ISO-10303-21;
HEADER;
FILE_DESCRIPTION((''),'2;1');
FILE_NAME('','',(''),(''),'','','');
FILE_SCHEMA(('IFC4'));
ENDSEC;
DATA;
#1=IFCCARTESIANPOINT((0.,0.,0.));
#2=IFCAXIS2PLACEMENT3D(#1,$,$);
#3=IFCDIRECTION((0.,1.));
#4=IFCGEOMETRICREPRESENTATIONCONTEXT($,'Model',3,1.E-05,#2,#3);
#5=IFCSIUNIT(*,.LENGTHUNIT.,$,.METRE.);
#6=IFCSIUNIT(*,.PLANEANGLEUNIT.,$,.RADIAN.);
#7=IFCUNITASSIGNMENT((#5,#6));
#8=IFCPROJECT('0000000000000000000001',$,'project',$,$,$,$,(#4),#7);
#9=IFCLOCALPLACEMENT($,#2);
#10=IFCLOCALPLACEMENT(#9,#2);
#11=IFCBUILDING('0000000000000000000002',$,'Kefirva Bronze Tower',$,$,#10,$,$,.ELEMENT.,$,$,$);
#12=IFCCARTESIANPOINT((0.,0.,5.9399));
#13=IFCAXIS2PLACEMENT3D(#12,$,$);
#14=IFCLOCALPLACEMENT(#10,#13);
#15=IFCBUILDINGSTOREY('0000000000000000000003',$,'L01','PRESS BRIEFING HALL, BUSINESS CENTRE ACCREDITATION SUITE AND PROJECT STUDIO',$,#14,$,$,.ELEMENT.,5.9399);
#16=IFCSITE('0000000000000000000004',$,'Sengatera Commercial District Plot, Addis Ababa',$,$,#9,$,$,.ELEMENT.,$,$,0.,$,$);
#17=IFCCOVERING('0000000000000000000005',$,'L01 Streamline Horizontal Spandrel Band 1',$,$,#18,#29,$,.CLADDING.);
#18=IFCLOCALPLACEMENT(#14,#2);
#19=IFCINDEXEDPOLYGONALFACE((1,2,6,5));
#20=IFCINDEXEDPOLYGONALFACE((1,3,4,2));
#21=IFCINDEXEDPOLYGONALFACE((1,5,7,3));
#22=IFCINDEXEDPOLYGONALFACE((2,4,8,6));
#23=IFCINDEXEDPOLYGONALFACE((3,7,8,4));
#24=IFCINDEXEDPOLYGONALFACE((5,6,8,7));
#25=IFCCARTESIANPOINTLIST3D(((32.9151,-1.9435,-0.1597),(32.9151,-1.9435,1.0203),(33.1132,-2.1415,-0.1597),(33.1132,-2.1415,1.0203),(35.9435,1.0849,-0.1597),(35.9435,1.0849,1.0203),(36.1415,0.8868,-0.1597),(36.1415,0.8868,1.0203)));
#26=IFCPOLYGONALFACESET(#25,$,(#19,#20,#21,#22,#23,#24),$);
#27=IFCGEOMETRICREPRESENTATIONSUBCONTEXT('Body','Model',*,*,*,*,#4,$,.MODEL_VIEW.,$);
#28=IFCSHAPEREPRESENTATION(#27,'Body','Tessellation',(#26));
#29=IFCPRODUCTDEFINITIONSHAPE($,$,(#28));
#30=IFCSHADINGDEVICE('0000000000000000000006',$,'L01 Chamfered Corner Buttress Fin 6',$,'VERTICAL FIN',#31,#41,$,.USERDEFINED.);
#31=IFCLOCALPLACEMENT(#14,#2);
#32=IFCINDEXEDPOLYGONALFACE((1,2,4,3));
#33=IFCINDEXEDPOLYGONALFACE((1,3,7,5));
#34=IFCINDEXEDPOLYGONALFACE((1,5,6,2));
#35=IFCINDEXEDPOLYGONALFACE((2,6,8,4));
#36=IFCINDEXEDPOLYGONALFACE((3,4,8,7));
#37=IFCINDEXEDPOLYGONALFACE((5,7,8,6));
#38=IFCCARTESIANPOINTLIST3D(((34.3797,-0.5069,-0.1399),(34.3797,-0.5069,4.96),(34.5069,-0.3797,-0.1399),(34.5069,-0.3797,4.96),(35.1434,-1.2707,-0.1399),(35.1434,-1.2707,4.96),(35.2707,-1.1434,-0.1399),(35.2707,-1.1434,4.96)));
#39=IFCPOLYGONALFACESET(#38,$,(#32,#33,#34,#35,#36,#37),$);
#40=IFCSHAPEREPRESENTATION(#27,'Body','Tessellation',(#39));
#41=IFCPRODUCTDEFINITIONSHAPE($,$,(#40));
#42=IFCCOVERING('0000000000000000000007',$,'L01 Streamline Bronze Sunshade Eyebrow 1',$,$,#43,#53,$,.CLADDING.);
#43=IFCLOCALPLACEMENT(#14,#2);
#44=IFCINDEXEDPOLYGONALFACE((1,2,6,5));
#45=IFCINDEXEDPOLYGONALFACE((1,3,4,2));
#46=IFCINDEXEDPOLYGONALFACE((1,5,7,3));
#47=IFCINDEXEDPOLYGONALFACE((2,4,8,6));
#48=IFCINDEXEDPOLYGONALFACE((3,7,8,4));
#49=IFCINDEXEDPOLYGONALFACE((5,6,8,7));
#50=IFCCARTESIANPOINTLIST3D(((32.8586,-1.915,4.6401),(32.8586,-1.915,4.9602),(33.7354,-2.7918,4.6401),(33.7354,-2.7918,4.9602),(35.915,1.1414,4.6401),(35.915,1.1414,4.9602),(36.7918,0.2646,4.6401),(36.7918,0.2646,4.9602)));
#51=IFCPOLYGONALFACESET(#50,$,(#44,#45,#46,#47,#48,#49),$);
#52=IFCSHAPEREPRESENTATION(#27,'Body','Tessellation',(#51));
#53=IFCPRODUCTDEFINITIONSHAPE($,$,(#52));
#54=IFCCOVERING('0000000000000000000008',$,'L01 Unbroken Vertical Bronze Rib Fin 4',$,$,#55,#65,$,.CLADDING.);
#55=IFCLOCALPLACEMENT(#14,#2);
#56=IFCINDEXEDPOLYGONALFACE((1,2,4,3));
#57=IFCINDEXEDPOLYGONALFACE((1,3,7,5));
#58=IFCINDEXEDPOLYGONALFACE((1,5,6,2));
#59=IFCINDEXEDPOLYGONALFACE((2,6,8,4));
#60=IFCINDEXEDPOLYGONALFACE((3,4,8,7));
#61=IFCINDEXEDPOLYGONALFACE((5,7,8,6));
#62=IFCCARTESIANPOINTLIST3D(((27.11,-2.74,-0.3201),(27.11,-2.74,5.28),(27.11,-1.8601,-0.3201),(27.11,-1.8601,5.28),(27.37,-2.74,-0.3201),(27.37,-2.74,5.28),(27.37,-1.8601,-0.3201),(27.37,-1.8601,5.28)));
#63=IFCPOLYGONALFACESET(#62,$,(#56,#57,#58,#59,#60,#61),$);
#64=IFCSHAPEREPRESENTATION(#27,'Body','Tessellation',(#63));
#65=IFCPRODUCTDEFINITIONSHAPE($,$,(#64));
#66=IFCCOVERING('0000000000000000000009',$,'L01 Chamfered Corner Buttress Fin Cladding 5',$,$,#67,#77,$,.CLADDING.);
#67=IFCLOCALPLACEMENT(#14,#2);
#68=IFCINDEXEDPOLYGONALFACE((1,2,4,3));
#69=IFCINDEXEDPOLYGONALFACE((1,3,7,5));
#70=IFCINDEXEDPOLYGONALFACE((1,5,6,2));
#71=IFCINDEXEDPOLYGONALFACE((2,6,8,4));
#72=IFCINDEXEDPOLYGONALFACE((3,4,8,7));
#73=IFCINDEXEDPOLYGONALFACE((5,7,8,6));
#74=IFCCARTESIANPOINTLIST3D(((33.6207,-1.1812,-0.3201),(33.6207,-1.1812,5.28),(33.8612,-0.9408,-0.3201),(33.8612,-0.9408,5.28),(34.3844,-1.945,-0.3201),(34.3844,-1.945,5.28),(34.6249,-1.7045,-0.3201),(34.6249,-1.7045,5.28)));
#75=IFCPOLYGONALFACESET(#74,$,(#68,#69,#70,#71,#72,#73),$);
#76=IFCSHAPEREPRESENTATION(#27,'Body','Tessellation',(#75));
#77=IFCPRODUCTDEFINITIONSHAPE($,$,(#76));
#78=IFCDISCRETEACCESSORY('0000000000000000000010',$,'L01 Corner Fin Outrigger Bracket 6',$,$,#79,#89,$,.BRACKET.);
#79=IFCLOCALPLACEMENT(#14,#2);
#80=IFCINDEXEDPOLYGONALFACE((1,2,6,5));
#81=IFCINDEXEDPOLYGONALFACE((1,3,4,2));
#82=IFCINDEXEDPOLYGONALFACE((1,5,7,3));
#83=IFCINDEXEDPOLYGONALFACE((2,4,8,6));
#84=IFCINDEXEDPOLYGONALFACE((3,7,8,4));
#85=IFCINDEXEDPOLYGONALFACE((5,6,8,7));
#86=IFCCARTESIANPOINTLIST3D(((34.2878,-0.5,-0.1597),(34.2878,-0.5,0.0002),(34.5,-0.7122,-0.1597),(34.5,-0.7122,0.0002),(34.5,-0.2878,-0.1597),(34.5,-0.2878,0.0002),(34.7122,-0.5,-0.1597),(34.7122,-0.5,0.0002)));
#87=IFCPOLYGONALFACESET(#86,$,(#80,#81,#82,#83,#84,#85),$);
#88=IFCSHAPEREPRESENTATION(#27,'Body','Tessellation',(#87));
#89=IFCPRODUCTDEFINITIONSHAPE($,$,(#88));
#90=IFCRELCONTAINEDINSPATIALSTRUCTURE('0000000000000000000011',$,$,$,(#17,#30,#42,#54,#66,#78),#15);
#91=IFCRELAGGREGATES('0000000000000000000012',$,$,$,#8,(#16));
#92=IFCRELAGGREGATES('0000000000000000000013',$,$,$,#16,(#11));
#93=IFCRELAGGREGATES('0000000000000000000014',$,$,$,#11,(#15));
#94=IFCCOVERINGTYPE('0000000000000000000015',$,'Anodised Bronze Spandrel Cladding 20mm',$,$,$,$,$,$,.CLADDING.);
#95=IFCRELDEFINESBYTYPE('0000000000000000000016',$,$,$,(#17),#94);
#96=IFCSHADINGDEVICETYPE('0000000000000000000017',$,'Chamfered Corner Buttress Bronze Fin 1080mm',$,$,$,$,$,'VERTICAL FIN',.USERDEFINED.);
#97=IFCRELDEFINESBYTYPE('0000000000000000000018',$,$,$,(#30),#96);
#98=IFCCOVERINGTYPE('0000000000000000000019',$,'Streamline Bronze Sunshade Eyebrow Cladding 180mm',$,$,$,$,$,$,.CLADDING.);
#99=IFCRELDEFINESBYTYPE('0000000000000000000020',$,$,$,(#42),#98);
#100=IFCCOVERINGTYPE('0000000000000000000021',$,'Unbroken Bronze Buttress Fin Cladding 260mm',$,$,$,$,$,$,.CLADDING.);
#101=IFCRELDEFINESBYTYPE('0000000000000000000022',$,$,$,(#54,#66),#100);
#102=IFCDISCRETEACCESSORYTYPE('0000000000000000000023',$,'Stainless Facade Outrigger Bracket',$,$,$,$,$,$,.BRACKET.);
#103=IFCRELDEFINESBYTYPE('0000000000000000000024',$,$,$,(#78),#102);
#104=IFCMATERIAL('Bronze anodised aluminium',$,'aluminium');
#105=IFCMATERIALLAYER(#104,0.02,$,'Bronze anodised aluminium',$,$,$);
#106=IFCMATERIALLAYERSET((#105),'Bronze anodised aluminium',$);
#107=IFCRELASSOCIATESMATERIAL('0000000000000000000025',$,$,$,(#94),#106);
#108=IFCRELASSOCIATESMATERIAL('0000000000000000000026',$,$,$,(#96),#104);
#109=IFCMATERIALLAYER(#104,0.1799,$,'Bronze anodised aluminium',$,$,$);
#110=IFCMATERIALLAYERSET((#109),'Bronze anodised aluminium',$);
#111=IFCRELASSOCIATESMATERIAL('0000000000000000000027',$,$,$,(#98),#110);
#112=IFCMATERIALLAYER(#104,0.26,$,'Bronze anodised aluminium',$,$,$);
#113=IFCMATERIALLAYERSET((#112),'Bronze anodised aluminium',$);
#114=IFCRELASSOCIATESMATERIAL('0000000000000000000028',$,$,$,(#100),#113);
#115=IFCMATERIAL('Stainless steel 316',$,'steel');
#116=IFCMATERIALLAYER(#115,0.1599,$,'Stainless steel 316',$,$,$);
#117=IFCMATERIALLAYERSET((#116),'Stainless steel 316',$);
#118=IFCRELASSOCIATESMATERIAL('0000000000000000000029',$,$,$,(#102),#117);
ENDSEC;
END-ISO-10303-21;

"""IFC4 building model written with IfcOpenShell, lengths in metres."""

from ifc_helpers import new_model, si_unit, direction, frame, origin, origin_2d, place, context, subcontext, project, spatial, rectangle, extrude, material, layer, layer_set, material_profile, profile_set, type_object, element, save


model = new_model("IFC4")

# Units and contexts
model_context = context("Model", 3, precision=1e-05, world=origin(), true_north=direction((0.0, 1.0)))
body_context = subcontext(model_context, "Body", "Model", "MODEL_VIEW")
ifc_project = project(units=[si_unit("LENGTHUNIT", "METRE"), si_unit("PLANEANGLEUNIT", "RADIAN")], contexts=[model_context])

# Site, building, storey
site_placement = place(None, origin())
site = spatial("IfcSite", under=ifc_project, at=site_placement, Name="Sengatera Commercial District Plot, Addis Ababa", CompositionType="ELEMENT", RefElevation=0.0)
building_placement = place(site_placement, origin())
building = spatial("IfcBuilding", under=site, at=building_placement, Name="Kefirva Bronze Tower", CompositionType="ELEMENT")
storey_placement = place(building_placement, frame((0.0, 0.0, 5.9399)))
storey = spatial("IfcBuildingStorey", under=building, at=storey_placement, Name="L01", Description="PRESS BRIEFING HALL, BUSINESS CENTRE ACCREDITATION SUITE AND PROJECT STUDIO", CompositionType="ELEMENT", Elevation=5.9399)

# Shared definitions
ifc_material_1 = material(Name="Bronze anodised aluminium", Category="aluminium")

# Covering
ifc_layer_1 = layer(ifc_material_1, 0.02, Name="Bronze anodised aluminium")
ifc_layer_set_1 = layer_set([ifc_layer_1], Name="Bronze anodised aluminium")
covering_type_1 = type_object("IfcCoveringType", Name="Anodised Bronze Spandrel Cladding 20mm", PredefinedType="CLADDING", material=ifc_layer_set_1)
covering_1_placement = place(storey_placement, frame((34.5283, -0.5283, -0.1597), z_axis=(0.0, 0.0, 1.0), x_axis=(0.707107, 0.707107, 0.0)))
element("IfcCovering", 1, at=covering_1_placement, inside=storey, type_object=covering_type_1, Name="L01 Streamline Horizontal Spandrel Band 1", PredefinedType="CLADDING", context=body_context, shape_type="SweptSolid", body=[
    extrude(rectangle(XDim=4.2827, YDim=0.28, at=origin_2d()), origin(), (0.0, 0.0, 1.0), 1.1799),
])

# Shading device
ifc_material_profile_1 = material_profile(ifc_material_1, rectangle(XDim=0.1799, YDim=1.0801, at=origin_2d()), Name="BRONZE BUTTRESS FIN 180x1080")
ifc_profile_set_1 = profile_set([ifc_material_profile_1], Name="Bronze anodised aluminium")
shading_device_type = type_object("IfcShadingDeviceType", Name="Chamfered Corner Buttress Bronze Fin 1080mm", ElementType="VERTICAL FIN", PredefinedType="USERDEFINED", material=ifc_profile_set_1)
shading_device_placement = place(storey_placement, frame((34.8252, -0.8252, -0.1399), z_axis=(0.0, 0.0, 1.0), x_axis=(0.707107, 0.707107, 0.0)))
element("IfcShadingDevice", 2, at=shading_device_placement, inside=storey, type_object=shading_device_type, Name="L01 Chamfered Corner Buttress Fin 6", ObjectType="VERTICAL FIN", PredefinedType="USERDEFINED", context=body_context, shape_type="SweptSolid", body=[
    extrude(rectangle(XDim=0.1799, YDim=1.0801, at=origin_2d()), origin(), (0.0, 0.0, 1.0), 5.0999),
])

# Coverings
ifc_layer_2 = layer(ifc_material_1, 0.1799, Name="Bronze anodised aluminium")
ifc_layer_set_2 = layer_set([ifc_layer_2], Name="Bronze anodised aluminium")
covering_type_2 = type_object("IfcCoveringType", Name="Streamline Bronze Sunshade Eyebrow Cladding 180mm", PredefinedType="CLADDING", material=ifc_layer_set_2)
covering_2_placement = place(storey_placement, frame((34.8252, -0.8252, 4.6401), z_axis=(0.0, 0.0, 1.0), x_axis=(0.707107, 0.707107, 0.0)))
element("IfcCovering", 3, at=covering_2_placement, inside=storey, type_object=covering_type_2, Name="L01 Streamline Bronze Sunshade Eyebrow 1", PredefinedType="CLADDING", context=body_context, shape_type="SweptSolid", body=[
    extrude(rectangle(XDim=4.3225, YDim=1.24, at=origin_2d()), origin(), (0.0, 0.0, 1.0), 0.3201),
])
ifc_layer_3 = layer(ifc_material_1, 0.26, Name="Bronze anodised aluminium")
ifc_layer_set_3 = layer_set([ifc_layer_3], Name="Bronze anodised aluminium")
covering_type_3 = type_object("IfcCoveringType", Name="Unbroken Bronze Buttress Fin Cladding 260mm", PredefinedType="CLADDING", material=ifc_layer_set_3)
covering_3_placement = place(storey_placement, frame((27.24, -2.3, -0.3201), z_axis=(0.0, 0.0, 1.0), x_axis=(1.0, 0.0, 0.0)))
element("IfcCovering", 4, at=covering_3_placement, inside=storey, type_object=covering_type_3, Name="L01 Unbroken Vertical Bronze Rib Fin 4", PredefinedType="CLADDING", context=body_context, shape_type="SweptSolid", body=[
    extrude(rectangle(XDim=0.26, YDim=0.8799, at=origin_2d()), origin(), (0.0, 0.0, 1.0), 5.6001),
])
covering_4_placement = place(storey_placement, frame((34.1228, -1.4429, -0.3201), z_axis=(0.0, 0.0, 1.0), x_axis=(0.707107, 0.707107, 0.0)))
element("IfcCovering", 5, at=covering_4_placement, inside=storey, type_object=covering_type_3, Name="L01 Chamfered Corner Buttress Fin Cladding 5", PredefinedType="CLADDING", context=body_context, shape_type="SweptSolid", body=[
    extrude(rectangle(XDim=0.3401, YDim=1.0801, at=origin_2d()), origin(), (0.0, 0.0, 1.0), 5.6001),
])

# Discrete accessory
ifc_material_2 = material(Name="Stainless steel 316", Category="steel")
ifc_layer_4 = layer(ifc_material_2, 0.1599, Name="Stainless steel 316")
ifc_layer_set_4 = layer_set([ifc_layer_4], Name="Stainless steel 316")
discrete_accessory_type = type_object("IfcDiscreteAccessoryType", Name="Stainless Facade Outrigger Bracket", PredefinedType="BRACKET", material=ifc_layer_set_4)
discrete_accessory_placement = place(storey_placement, frame((34.5, -0.5, -0.1597), z_axis=(0.0, 0.0, 1.0), x_axis=(0.707107, 0.707107, 0.0)))
element("IfcDiscreteAccessory", 6, at=discrete_accessory_placement, inside=storey, type_object=discrete_accessory_type, Name="L01 Corner Fin Outrigger Bracket 6", PredefinedType="BRACKET", context=body_context, shape_type="SweptSolid", body=[
    extrude(rectangle(XDim=0.3, YDim=0.3, at=origin_2d()), origin(), (0.0, 0.0, 1.0), 0.1599),
])

save(model, "model.ifc")
